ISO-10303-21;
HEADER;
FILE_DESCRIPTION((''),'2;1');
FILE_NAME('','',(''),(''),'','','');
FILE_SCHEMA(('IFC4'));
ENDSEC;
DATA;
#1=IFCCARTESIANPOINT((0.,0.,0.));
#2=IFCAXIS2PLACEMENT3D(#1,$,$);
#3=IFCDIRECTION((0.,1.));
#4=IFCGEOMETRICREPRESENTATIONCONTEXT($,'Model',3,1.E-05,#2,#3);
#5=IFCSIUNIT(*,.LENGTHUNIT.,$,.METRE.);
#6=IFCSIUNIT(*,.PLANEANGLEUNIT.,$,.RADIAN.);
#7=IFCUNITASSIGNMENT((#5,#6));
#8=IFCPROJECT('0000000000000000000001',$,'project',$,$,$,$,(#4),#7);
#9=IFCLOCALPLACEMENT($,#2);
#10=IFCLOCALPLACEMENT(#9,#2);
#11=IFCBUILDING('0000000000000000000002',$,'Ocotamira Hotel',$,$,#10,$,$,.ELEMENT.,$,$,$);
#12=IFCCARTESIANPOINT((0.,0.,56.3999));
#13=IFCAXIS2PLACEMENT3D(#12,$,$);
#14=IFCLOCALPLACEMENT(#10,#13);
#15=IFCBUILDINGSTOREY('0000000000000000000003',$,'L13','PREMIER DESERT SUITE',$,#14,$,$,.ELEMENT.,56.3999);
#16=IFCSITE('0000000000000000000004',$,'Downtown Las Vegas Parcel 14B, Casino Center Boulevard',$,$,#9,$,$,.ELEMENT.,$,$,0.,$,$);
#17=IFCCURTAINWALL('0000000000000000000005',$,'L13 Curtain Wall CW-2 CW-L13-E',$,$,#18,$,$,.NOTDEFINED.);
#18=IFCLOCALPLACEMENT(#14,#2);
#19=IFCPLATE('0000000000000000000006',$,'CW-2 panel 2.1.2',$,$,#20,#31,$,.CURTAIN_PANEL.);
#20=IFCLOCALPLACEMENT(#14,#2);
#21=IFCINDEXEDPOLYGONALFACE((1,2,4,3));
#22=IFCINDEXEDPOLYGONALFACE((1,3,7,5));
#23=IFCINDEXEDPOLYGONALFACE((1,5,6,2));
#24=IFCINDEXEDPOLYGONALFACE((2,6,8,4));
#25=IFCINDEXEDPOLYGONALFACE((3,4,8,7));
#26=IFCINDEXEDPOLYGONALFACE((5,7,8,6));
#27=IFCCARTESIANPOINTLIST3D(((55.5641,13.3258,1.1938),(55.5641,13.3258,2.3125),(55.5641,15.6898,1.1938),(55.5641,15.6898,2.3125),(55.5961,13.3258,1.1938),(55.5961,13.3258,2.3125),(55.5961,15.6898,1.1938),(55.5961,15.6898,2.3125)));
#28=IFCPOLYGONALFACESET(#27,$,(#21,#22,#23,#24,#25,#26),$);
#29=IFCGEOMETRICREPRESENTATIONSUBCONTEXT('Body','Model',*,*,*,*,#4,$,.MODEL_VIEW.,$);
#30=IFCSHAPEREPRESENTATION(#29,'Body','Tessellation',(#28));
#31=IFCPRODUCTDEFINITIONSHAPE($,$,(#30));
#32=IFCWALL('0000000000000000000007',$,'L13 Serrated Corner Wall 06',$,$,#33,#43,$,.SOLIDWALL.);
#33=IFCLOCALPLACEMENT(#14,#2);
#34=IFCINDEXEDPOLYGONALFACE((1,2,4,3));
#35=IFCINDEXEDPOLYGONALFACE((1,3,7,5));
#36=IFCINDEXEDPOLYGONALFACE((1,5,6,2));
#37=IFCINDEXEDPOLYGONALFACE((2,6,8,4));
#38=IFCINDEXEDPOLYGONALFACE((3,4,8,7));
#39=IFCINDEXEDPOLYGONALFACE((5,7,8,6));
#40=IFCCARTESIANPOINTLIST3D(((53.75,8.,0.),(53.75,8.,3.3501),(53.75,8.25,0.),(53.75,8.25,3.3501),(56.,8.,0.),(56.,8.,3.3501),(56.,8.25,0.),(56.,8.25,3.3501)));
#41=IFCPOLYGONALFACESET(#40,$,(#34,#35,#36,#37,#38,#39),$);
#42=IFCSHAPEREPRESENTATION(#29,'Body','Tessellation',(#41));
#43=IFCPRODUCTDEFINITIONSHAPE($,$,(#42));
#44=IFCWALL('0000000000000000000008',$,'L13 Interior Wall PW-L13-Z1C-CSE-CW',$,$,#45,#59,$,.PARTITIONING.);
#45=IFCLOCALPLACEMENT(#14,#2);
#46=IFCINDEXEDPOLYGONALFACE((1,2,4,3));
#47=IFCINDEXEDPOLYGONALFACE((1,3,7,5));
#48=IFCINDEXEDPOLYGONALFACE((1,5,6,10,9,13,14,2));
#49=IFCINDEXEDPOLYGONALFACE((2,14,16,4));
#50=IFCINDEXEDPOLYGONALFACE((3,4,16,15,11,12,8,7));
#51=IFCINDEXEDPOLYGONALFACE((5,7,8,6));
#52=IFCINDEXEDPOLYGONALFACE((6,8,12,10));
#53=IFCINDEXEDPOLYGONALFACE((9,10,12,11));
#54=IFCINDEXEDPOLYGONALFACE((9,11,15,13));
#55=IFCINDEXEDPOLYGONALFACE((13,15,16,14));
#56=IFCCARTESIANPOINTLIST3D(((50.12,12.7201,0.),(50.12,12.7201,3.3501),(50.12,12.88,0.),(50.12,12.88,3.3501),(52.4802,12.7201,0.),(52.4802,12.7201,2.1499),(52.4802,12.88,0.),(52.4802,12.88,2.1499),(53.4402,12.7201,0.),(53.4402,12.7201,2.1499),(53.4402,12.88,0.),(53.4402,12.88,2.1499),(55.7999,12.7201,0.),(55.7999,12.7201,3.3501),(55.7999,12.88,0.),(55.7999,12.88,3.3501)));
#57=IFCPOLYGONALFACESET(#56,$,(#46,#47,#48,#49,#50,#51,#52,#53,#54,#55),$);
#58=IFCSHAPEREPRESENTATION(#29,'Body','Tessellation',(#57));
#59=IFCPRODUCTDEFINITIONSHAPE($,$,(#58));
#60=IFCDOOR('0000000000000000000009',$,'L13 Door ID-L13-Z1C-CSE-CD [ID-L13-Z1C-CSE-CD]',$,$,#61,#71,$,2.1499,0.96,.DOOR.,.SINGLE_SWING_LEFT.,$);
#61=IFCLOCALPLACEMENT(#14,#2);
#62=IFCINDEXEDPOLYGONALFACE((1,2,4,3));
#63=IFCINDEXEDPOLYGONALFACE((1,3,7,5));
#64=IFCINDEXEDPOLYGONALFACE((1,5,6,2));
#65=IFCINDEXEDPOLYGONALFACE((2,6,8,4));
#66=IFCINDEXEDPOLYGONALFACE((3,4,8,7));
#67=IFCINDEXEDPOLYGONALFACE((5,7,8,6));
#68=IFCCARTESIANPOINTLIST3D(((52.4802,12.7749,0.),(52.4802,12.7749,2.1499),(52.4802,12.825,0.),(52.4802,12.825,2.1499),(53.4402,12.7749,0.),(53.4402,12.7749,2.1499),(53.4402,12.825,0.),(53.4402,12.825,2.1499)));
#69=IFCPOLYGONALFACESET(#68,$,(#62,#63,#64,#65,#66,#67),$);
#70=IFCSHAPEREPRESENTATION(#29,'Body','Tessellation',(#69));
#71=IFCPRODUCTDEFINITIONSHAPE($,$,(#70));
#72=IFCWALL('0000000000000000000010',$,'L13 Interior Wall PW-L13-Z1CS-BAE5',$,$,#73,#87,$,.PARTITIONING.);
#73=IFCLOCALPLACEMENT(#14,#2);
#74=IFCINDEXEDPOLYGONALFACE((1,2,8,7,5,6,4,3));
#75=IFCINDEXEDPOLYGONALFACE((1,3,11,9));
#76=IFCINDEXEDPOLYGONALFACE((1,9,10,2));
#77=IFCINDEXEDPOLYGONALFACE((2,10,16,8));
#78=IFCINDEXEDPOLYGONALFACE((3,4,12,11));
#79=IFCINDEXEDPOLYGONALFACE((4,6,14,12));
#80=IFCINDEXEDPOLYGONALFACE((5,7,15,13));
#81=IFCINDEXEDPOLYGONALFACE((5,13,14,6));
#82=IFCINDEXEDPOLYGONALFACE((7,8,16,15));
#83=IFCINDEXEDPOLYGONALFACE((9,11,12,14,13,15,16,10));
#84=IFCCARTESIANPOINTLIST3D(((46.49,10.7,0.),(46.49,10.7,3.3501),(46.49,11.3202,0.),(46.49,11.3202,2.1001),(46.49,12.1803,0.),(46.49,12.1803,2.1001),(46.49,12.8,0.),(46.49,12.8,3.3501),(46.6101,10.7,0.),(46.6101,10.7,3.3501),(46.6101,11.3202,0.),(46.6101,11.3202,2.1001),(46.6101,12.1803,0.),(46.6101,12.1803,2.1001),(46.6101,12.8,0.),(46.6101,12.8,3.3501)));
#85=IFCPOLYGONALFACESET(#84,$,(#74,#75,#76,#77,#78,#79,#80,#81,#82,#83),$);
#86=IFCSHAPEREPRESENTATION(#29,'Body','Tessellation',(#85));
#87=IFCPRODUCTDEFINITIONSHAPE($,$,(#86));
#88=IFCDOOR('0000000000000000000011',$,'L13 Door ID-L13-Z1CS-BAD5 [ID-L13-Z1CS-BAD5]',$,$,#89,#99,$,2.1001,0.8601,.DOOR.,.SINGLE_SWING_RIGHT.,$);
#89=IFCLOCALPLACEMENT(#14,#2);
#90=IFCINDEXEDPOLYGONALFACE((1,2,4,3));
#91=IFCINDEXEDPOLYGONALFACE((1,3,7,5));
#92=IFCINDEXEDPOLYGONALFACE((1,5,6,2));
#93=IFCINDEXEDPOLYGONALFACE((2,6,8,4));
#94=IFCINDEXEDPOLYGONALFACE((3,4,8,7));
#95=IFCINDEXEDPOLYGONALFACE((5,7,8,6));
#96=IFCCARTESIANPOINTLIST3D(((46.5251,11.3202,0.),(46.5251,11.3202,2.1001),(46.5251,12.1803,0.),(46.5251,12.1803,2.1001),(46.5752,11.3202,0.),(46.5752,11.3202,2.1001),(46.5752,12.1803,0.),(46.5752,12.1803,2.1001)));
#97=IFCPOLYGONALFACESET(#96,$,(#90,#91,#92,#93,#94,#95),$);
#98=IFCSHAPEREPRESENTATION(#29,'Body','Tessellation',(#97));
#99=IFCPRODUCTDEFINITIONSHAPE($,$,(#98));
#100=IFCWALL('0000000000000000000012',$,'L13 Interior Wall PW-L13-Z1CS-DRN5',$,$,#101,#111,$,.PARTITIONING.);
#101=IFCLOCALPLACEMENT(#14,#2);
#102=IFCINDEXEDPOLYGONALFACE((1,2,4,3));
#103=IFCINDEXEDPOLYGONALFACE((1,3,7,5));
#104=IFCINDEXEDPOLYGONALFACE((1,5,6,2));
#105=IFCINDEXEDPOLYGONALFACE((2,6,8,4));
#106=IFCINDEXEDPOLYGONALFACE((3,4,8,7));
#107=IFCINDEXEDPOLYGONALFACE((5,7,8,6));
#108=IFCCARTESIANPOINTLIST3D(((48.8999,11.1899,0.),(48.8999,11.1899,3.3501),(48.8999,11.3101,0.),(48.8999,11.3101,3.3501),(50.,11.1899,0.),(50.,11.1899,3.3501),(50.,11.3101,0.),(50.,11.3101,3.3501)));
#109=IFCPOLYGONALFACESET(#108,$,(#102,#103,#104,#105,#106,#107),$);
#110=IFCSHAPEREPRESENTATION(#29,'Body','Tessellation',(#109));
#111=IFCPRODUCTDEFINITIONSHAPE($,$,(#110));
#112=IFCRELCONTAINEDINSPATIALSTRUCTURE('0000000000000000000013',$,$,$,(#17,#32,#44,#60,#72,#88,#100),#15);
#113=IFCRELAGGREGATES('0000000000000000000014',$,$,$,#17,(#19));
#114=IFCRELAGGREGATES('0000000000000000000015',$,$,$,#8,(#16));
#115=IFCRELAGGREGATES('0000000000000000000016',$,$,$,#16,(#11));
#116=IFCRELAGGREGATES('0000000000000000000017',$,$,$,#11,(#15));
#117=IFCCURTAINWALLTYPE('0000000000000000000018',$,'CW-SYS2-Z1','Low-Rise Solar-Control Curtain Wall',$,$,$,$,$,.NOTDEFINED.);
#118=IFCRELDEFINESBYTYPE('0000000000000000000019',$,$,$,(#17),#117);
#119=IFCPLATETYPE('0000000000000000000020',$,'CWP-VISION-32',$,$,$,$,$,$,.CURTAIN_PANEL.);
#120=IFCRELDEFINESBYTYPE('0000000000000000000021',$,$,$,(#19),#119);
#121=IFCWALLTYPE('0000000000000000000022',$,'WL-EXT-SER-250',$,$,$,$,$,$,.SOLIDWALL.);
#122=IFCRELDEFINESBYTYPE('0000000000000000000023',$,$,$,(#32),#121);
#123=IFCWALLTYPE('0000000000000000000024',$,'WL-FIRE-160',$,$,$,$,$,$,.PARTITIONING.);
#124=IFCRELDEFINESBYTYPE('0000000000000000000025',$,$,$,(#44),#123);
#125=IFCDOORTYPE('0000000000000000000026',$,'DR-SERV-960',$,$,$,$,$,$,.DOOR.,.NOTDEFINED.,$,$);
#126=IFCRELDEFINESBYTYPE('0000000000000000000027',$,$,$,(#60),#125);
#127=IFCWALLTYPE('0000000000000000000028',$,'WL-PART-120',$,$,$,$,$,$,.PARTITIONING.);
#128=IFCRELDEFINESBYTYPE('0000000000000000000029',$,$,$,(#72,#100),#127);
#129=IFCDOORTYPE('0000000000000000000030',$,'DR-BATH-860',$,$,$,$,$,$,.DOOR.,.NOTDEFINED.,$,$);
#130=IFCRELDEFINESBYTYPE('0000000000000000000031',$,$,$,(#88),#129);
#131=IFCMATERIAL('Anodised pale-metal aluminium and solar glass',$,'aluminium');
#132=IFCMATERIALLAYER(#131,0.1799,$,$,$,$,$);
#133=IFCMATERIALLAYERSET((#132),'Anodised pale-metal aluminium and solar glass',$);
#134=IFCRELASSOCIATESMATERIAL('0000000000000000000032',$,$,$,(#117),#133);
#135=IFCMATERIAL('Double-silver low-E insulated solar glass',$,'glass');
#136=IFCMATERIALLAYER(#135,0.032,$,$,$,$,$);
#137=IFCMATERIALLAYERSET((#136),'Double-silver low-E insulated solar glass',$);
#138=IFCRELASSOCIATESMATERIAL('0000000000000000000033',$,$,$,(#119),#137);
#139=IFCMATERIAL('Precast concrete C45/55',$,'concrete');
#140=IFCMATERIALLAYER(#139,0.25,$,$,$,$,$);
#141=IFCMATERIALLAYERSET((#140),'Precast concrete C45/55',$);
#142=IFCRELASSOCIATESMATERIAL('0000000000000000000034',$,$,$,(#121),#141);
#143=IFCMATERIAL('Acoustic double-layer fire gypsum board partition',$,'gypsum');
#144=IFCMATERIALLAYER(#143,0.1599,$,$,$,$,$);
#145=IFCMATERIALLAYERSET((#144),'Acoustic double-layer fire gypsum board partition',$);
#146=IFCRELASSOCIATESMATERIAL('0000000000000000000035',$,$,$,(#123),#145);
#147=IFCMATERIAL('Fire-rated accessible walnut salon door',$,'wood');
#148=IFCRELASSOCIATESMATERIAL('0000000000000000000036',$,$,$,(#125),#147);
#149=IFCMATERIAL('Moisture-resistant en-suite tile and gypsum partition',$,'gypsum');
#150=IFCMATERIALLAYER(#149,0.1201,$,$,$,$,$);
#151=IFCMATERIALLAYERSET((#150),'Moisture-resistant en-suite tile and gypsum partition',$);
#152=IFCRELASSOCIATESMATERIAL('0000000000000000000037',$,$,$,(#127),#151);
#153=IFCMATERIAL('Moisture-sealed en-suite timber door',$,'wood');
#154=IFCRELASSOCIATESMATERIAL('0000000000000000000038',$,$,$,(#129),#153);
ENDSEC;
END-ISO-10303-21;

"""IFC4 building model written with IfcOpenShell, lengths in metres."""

from ifc_helpers import new_model, si_unit, direction, frame, frame_2d, origin, origin_2d, place, context, subcontext, project, spatial, rectangle, extrude, source, transform, mapped, material, layer, layer_set, type_object, element, fill, aggregate, save


model = new_model("IFC4")

# Units and contexts
model_context = context("Model", 3, precision=1e-05, world=origin(), true_north=direction((0.0, 1.0)))
body_context = subcontext(model_context, "Body", "Model", "MODEL_VIEW")
ifc_project = project(units=[si_unit("LENGTHUNIT", "METRE"), si_unit("PLANEANGLEUNIT", "RADIAN")], contexts=[model_context])

# Site, building, storey
site_placement = place(None, origin())
site = spatial("IfcSite", under=ifc_project, at=site_placement, Name="Downtown Las Vegas Parcel 14B, Casino Center Boulevard", CompositionType="ELEMENT", RefElevation=0.0)
building_placement = place(site_placement, origin())
building = spatial("IfcBuilding", under=site, at=building_placement, Name="Ocotamira Hotel", CompositionType="ELEMENT")
storey_placement = place(building_placement, frame((0.0, 0.0, 56.3999)))
storey = spatial("IfcBuildingStorey", under=building, at=storey_placement, Name="L13", Description="PREMIER DESERT SUITE", CompositionType="ELEMENT", Elevation=56.3999)

# Curtain wall, plate
ifc_material_1 = material(Name="Anodised pale-metal aluminium and solar glass", Category="aluminium")
ifc_layer_1 = layer(ifc_material_1, 0.1799)
ifc_layer_set_1 = layer_set([ifc_layer_1], Name="Anodised pale-metal aluminium and solar glass")
curtain_wall_type = type_object("IfcCurtainWallType", Name="CW-SYS2-Z1", Description="Low-Rise Solar-Control Curtain Wall", PredefinedType="NOTDEFINED", material=ifc_layer_set_1)
curtain_wall_placement = place(storey_placement, origin())
curtain_wall = element("IfcCurtainWall", 1, at=curtain_wall_placement, inside=storey, type_object=curtain_wall_type, Name="L13 Curtain Wall CW-2 CW-L13-E", PredefinedType="NOTDEFINED")
ifc_material_2 = material(Name="Double-silver low-E insulated solar glass", Category="glass")
ifc_layer_2 = layer(ifc_material_2, 0.032)
ifc_layer_set_2 = layer_set([ifc_layer_2], Name="Double-silver low-E insulated solar glass")
plate_type = type_object("IfcPlateType", Name="CWP-VISION-32", PredefinedType="CURTAIN_PANEL", material=ifc_layer_set_2)
shared_shape_1 = source(origin(), body_context, "Body", "SweptSolid", [
    extrude(rectangle(XDim=2.364, YDim=0.032, at=origin_2d()), origin(), (0.0, 0.0, 1.0), 1.1187),
])
plate_1_placement = place(storey_placement, frame((55.5801, 14.5078, 1.1938), z_axis=(0.0, 0.0, 1.0), x_axis=(0.0, 1.0, 0.0)))
plate_1 = element("IfcPlate", 2, at=plate_1_placement, type_object=plate_type, Name="CW-2 panel 2.1.2", PredefinedType="CURTAIN_PANEL", context=body_context, shape_type="MappedRepresentation", body=[
    mapped(shared_shape_1, transform((0.0, 0.0, 0.0), scale=1.0)),
])
aggregate(curtain_wall, [plate_1])

# Wall
ifc_material_3 = material(Name="Precast concrete C45/55", Category="concrete")
ifc_layer_3 = layer(ifc_material_3, 0.25)
ifc_layer_set_3 = layer_set([ifc_layer_3], Name="Precast concrete C45/55")
wall_type_1 = type_object("IfcWallType", Name="WL-EXT-SER-250", PredefinedType="SOLIDWALL", material=ifc_layer_set_3)
wall_1_placement = place(storey_placement, frame((53.75, 8.125, 0.0), z_axis=(0.0, 0.0, 1.0), x_axis=(1.0, 0.0, 0.0)))
element("IfcWall", 3, at=wall_1_placement, inside=storey, type_object=wall_type_1, Name="L13 Serrated Corner Wall 06", PredefinedType="SOLIDWALL", context=body_context, shape_type="SweptSolid", body=[
    extrude(rectangle(XDim=2.25, YDim=0.25, at=frame_2d((1.125, 0.0))), origin(), (0.0, 0.0, 1.0), 3.3501),
])

# Walls, openings, doors
ifc_material_4 = material(Name="Acoustic double-layer fire gypsum board partition", Category="gypsum")
ifc_layer_4 = layer(ifc_material_4, 0.1599)
ifc_layer_set_4 = layer_set([ifc_layer_4], Name="Acoustic double-layer fire gypsum board partition")
wall_type_2 = type_object("IfcWallType", Name="WL-FIRE-160", PredefinedType="PARTITIONING", material=ifc_layer_set_4)
wall_2_placement = place(storey_placement, frame((50.1201, 12.8, 0.0), z_axis=(0.0, 0.0, 1.0), x_axis=(1.0, 0.0, 0.0)))
wall_2 = element("IfcWall", 4, at=wall_2_placement, inside=storey, type_object=wall_type_2, Name="L13 Interior Wall PW-L13-Z1C-CSE-CW", PredefinedType="PARTITIONING", context=body_context, shape_type="SweptSolid", body=[
    extrude(rectangle(XDim=5.6799, YDim=0.1599, at=frame_2d((2.8398, 0.0))), origin(), (0.0, 0.0, 1.0), 3.3501),
])
opening_1_placement = place(wall_2_placement, frame((2.3601, 0.0, 0.0)))
opening_1 = element("IfcOpeningElement", 5, at=opening_1_placement, cuts=wall_2, PredefinedType="OPENING", context=body_context, shape_type="SweptSolid", body=[
    extrude(rectangle(XDim=0.96, YDim=2.1499, at=frame_2d((0.48, 1.075))), frame((0.0, 0.0898, 0.0), z_axis=(0.0, -1.0, 0.0), x_axis=(1.0, 0.0, 0.0)), (0.0, 0.0, 1.0), 0.1799),
])
ifc_material_5 = material(Name="Fire-rated accessible walnut salon door", Category="wood")
door_type_1 = type_object("IfcDoorType", Name="DR-SERV-960", OperationType="NOTDEFINED", PredefinedType="DOOR", material=ifc_material_5)
shared_shape_2 = source(origin(), body_context, "Body", "SweptSolid", [
    extrude(rectangle(XDim=0.96, YDim=2.1499, at=frame_2d((0.48, 1.075))), frame((0.0, 0.0249, 0.0), z_axis=(0.0, -1.0, 0.0), x_axis=(1.0, 0.0, 0.0)), (0.0, 0.0, 1.0), 0.05),
])
door_1_placement = place(opening_1_placement, origin())
door_1 = element("IfcDoor", 6, at=door_1_placement, inside=storey, type_object=door_type_1, Name="L13 Door ID-L13-Z1C-CSE-CD [ID-L13-Z1C-CSE-CD]", OperationType="SINGLE_SWING_LEFT", OverallHeight=2.1499, OverallWidth=0.96, PredefinedType="DOOR", context=body_context, shape_type="MappedRepresentation", body=[
    mapped(shared_shape_2, transform((0.0, 0.0, 0.0), scale=1.0)),
])
fill(opening_1, door_1)
ifc_material_6 = material(Name="Moisture-resistant en-suite tile and gypsum partition", Category="gypsum")
ifc_layer_5 = layer(ifc_material_6, 0.1201)
ifc_layer_set_5 = layer_set([ifc_layer_5], Name="Moisture-resistant en-suite tile and gypsum partition")
wall_type_3 = type_object("IfcWallType", Name="WL-PART-120", PredefinedType="PARTITIONING", material=ifc_layer_set_5)
wall_3_placement = place(storey_placement, frame((46.55, 10.7, 0.0), z_axis=(0.0, 0.0, 1.0), x_axis=(0.0, 1.0, 0.0)))
wall_3 = element("IfcWall", 7, at=wall_3_placement, inside=storey, type_object=wall_type_3, Name="L13 Interior Wall PW-L13-Z1CS-BAE5", PredefinedType="PARTITIONING", context=body_context, shape_type="SweptSolid", body=[
    extrude(rectangle(XDim=2.1001, YDim=0.1201, at=frame_2d((1.05, 0.0))), origin(), (0.0, 0.0, 1.0), 3.3501),
])
opening_2_placement = place(wall_3_placement, frame((0.6201, 0.0, 0.0)))
opening_2 = element("IfcOpeningElement", 8, at=opening_2_placement, cuts=wall_3, PredefinedType="OPENING", context=body_context, shape_type="SweptSolid", body=[
    extrude(rectangle(XDim=0.8601, YDim=2.1001, at=frame_2d((0.4302, 1.05))), frame((0.0, 0.0701, 0.0), z_axis=(0.0, -1.0, 0.0), x_axis=(1.0, 0.0, 0.0)), (0.0, 0.0, 1.0), 0.1401),
])
ifc_material_7 = material(Name="Moisture-sealed en-suite timber door", Category="wood")
door_type_2 = type_object("IfcDoorType", Name="DR-BATH-860", OperationType="NOTDEFINED", PredefinedType="DOOR", material=ifc_material_7)
shared_shape_3 = source(origin(), body_context, "Body", "SweptSolid", [
    extrude(rectangle(XDim=0.8601, YDim=2.1001, at=frame_2d((0.4302, 1.05))), frame((0.0, 0.0249, 0.0), z_axis=(0.0, -1.0, 0.0), x_axis=(1.0, 0.0, 0.0)), (0.0, 0.0, 1.0), 0.05),
])
door_2_placement = place(opening_2_placement, origin())
door_2 = element("IfcDoor", 9, at=door_2_placement, inside=storey, type_object=door_type_2, Name="L13 Door ID-L13-Z1CS-BAD5 [ID-L13-Z1CS-BAD5]", OperationType="SINGLE_SWING_RIGHT", OverallHeight=2.1001, OverallWidth=0.8601, PredefinedType="DOOR", context=body_context, shape_type="MappedRepresentation", body=[
    mapped(shared_shape_3, transform((0.0, 0.0, 0.0), scale=1.0)),
])
fill(opening_2, door_2)

# Wall
wall_4_placement = place(storey_placement, frame((48.8999, 11.25, 0.0), z_axis=(0.0, 0.0, 1.0), x_axis=(1.0, 0.0, 0.0)))
element("IfcWall", 10, at=wall_4_placement, inside=storey, type_object=wall_type_3, Name="L13 Interior Wall PW-L13-Z1CS-DRN5", PredefinedType="PARTITIONING", context=body_context, shape_type="SweptSolid", body=[
    extrude(rectangle(XDim=1.1001, YDim=0.1201, at=frame_2d((0.55, 0.0))), origin(), (0.0, 0.0, 1.0), 3.3501),
])

save(model, "model.ifc")
